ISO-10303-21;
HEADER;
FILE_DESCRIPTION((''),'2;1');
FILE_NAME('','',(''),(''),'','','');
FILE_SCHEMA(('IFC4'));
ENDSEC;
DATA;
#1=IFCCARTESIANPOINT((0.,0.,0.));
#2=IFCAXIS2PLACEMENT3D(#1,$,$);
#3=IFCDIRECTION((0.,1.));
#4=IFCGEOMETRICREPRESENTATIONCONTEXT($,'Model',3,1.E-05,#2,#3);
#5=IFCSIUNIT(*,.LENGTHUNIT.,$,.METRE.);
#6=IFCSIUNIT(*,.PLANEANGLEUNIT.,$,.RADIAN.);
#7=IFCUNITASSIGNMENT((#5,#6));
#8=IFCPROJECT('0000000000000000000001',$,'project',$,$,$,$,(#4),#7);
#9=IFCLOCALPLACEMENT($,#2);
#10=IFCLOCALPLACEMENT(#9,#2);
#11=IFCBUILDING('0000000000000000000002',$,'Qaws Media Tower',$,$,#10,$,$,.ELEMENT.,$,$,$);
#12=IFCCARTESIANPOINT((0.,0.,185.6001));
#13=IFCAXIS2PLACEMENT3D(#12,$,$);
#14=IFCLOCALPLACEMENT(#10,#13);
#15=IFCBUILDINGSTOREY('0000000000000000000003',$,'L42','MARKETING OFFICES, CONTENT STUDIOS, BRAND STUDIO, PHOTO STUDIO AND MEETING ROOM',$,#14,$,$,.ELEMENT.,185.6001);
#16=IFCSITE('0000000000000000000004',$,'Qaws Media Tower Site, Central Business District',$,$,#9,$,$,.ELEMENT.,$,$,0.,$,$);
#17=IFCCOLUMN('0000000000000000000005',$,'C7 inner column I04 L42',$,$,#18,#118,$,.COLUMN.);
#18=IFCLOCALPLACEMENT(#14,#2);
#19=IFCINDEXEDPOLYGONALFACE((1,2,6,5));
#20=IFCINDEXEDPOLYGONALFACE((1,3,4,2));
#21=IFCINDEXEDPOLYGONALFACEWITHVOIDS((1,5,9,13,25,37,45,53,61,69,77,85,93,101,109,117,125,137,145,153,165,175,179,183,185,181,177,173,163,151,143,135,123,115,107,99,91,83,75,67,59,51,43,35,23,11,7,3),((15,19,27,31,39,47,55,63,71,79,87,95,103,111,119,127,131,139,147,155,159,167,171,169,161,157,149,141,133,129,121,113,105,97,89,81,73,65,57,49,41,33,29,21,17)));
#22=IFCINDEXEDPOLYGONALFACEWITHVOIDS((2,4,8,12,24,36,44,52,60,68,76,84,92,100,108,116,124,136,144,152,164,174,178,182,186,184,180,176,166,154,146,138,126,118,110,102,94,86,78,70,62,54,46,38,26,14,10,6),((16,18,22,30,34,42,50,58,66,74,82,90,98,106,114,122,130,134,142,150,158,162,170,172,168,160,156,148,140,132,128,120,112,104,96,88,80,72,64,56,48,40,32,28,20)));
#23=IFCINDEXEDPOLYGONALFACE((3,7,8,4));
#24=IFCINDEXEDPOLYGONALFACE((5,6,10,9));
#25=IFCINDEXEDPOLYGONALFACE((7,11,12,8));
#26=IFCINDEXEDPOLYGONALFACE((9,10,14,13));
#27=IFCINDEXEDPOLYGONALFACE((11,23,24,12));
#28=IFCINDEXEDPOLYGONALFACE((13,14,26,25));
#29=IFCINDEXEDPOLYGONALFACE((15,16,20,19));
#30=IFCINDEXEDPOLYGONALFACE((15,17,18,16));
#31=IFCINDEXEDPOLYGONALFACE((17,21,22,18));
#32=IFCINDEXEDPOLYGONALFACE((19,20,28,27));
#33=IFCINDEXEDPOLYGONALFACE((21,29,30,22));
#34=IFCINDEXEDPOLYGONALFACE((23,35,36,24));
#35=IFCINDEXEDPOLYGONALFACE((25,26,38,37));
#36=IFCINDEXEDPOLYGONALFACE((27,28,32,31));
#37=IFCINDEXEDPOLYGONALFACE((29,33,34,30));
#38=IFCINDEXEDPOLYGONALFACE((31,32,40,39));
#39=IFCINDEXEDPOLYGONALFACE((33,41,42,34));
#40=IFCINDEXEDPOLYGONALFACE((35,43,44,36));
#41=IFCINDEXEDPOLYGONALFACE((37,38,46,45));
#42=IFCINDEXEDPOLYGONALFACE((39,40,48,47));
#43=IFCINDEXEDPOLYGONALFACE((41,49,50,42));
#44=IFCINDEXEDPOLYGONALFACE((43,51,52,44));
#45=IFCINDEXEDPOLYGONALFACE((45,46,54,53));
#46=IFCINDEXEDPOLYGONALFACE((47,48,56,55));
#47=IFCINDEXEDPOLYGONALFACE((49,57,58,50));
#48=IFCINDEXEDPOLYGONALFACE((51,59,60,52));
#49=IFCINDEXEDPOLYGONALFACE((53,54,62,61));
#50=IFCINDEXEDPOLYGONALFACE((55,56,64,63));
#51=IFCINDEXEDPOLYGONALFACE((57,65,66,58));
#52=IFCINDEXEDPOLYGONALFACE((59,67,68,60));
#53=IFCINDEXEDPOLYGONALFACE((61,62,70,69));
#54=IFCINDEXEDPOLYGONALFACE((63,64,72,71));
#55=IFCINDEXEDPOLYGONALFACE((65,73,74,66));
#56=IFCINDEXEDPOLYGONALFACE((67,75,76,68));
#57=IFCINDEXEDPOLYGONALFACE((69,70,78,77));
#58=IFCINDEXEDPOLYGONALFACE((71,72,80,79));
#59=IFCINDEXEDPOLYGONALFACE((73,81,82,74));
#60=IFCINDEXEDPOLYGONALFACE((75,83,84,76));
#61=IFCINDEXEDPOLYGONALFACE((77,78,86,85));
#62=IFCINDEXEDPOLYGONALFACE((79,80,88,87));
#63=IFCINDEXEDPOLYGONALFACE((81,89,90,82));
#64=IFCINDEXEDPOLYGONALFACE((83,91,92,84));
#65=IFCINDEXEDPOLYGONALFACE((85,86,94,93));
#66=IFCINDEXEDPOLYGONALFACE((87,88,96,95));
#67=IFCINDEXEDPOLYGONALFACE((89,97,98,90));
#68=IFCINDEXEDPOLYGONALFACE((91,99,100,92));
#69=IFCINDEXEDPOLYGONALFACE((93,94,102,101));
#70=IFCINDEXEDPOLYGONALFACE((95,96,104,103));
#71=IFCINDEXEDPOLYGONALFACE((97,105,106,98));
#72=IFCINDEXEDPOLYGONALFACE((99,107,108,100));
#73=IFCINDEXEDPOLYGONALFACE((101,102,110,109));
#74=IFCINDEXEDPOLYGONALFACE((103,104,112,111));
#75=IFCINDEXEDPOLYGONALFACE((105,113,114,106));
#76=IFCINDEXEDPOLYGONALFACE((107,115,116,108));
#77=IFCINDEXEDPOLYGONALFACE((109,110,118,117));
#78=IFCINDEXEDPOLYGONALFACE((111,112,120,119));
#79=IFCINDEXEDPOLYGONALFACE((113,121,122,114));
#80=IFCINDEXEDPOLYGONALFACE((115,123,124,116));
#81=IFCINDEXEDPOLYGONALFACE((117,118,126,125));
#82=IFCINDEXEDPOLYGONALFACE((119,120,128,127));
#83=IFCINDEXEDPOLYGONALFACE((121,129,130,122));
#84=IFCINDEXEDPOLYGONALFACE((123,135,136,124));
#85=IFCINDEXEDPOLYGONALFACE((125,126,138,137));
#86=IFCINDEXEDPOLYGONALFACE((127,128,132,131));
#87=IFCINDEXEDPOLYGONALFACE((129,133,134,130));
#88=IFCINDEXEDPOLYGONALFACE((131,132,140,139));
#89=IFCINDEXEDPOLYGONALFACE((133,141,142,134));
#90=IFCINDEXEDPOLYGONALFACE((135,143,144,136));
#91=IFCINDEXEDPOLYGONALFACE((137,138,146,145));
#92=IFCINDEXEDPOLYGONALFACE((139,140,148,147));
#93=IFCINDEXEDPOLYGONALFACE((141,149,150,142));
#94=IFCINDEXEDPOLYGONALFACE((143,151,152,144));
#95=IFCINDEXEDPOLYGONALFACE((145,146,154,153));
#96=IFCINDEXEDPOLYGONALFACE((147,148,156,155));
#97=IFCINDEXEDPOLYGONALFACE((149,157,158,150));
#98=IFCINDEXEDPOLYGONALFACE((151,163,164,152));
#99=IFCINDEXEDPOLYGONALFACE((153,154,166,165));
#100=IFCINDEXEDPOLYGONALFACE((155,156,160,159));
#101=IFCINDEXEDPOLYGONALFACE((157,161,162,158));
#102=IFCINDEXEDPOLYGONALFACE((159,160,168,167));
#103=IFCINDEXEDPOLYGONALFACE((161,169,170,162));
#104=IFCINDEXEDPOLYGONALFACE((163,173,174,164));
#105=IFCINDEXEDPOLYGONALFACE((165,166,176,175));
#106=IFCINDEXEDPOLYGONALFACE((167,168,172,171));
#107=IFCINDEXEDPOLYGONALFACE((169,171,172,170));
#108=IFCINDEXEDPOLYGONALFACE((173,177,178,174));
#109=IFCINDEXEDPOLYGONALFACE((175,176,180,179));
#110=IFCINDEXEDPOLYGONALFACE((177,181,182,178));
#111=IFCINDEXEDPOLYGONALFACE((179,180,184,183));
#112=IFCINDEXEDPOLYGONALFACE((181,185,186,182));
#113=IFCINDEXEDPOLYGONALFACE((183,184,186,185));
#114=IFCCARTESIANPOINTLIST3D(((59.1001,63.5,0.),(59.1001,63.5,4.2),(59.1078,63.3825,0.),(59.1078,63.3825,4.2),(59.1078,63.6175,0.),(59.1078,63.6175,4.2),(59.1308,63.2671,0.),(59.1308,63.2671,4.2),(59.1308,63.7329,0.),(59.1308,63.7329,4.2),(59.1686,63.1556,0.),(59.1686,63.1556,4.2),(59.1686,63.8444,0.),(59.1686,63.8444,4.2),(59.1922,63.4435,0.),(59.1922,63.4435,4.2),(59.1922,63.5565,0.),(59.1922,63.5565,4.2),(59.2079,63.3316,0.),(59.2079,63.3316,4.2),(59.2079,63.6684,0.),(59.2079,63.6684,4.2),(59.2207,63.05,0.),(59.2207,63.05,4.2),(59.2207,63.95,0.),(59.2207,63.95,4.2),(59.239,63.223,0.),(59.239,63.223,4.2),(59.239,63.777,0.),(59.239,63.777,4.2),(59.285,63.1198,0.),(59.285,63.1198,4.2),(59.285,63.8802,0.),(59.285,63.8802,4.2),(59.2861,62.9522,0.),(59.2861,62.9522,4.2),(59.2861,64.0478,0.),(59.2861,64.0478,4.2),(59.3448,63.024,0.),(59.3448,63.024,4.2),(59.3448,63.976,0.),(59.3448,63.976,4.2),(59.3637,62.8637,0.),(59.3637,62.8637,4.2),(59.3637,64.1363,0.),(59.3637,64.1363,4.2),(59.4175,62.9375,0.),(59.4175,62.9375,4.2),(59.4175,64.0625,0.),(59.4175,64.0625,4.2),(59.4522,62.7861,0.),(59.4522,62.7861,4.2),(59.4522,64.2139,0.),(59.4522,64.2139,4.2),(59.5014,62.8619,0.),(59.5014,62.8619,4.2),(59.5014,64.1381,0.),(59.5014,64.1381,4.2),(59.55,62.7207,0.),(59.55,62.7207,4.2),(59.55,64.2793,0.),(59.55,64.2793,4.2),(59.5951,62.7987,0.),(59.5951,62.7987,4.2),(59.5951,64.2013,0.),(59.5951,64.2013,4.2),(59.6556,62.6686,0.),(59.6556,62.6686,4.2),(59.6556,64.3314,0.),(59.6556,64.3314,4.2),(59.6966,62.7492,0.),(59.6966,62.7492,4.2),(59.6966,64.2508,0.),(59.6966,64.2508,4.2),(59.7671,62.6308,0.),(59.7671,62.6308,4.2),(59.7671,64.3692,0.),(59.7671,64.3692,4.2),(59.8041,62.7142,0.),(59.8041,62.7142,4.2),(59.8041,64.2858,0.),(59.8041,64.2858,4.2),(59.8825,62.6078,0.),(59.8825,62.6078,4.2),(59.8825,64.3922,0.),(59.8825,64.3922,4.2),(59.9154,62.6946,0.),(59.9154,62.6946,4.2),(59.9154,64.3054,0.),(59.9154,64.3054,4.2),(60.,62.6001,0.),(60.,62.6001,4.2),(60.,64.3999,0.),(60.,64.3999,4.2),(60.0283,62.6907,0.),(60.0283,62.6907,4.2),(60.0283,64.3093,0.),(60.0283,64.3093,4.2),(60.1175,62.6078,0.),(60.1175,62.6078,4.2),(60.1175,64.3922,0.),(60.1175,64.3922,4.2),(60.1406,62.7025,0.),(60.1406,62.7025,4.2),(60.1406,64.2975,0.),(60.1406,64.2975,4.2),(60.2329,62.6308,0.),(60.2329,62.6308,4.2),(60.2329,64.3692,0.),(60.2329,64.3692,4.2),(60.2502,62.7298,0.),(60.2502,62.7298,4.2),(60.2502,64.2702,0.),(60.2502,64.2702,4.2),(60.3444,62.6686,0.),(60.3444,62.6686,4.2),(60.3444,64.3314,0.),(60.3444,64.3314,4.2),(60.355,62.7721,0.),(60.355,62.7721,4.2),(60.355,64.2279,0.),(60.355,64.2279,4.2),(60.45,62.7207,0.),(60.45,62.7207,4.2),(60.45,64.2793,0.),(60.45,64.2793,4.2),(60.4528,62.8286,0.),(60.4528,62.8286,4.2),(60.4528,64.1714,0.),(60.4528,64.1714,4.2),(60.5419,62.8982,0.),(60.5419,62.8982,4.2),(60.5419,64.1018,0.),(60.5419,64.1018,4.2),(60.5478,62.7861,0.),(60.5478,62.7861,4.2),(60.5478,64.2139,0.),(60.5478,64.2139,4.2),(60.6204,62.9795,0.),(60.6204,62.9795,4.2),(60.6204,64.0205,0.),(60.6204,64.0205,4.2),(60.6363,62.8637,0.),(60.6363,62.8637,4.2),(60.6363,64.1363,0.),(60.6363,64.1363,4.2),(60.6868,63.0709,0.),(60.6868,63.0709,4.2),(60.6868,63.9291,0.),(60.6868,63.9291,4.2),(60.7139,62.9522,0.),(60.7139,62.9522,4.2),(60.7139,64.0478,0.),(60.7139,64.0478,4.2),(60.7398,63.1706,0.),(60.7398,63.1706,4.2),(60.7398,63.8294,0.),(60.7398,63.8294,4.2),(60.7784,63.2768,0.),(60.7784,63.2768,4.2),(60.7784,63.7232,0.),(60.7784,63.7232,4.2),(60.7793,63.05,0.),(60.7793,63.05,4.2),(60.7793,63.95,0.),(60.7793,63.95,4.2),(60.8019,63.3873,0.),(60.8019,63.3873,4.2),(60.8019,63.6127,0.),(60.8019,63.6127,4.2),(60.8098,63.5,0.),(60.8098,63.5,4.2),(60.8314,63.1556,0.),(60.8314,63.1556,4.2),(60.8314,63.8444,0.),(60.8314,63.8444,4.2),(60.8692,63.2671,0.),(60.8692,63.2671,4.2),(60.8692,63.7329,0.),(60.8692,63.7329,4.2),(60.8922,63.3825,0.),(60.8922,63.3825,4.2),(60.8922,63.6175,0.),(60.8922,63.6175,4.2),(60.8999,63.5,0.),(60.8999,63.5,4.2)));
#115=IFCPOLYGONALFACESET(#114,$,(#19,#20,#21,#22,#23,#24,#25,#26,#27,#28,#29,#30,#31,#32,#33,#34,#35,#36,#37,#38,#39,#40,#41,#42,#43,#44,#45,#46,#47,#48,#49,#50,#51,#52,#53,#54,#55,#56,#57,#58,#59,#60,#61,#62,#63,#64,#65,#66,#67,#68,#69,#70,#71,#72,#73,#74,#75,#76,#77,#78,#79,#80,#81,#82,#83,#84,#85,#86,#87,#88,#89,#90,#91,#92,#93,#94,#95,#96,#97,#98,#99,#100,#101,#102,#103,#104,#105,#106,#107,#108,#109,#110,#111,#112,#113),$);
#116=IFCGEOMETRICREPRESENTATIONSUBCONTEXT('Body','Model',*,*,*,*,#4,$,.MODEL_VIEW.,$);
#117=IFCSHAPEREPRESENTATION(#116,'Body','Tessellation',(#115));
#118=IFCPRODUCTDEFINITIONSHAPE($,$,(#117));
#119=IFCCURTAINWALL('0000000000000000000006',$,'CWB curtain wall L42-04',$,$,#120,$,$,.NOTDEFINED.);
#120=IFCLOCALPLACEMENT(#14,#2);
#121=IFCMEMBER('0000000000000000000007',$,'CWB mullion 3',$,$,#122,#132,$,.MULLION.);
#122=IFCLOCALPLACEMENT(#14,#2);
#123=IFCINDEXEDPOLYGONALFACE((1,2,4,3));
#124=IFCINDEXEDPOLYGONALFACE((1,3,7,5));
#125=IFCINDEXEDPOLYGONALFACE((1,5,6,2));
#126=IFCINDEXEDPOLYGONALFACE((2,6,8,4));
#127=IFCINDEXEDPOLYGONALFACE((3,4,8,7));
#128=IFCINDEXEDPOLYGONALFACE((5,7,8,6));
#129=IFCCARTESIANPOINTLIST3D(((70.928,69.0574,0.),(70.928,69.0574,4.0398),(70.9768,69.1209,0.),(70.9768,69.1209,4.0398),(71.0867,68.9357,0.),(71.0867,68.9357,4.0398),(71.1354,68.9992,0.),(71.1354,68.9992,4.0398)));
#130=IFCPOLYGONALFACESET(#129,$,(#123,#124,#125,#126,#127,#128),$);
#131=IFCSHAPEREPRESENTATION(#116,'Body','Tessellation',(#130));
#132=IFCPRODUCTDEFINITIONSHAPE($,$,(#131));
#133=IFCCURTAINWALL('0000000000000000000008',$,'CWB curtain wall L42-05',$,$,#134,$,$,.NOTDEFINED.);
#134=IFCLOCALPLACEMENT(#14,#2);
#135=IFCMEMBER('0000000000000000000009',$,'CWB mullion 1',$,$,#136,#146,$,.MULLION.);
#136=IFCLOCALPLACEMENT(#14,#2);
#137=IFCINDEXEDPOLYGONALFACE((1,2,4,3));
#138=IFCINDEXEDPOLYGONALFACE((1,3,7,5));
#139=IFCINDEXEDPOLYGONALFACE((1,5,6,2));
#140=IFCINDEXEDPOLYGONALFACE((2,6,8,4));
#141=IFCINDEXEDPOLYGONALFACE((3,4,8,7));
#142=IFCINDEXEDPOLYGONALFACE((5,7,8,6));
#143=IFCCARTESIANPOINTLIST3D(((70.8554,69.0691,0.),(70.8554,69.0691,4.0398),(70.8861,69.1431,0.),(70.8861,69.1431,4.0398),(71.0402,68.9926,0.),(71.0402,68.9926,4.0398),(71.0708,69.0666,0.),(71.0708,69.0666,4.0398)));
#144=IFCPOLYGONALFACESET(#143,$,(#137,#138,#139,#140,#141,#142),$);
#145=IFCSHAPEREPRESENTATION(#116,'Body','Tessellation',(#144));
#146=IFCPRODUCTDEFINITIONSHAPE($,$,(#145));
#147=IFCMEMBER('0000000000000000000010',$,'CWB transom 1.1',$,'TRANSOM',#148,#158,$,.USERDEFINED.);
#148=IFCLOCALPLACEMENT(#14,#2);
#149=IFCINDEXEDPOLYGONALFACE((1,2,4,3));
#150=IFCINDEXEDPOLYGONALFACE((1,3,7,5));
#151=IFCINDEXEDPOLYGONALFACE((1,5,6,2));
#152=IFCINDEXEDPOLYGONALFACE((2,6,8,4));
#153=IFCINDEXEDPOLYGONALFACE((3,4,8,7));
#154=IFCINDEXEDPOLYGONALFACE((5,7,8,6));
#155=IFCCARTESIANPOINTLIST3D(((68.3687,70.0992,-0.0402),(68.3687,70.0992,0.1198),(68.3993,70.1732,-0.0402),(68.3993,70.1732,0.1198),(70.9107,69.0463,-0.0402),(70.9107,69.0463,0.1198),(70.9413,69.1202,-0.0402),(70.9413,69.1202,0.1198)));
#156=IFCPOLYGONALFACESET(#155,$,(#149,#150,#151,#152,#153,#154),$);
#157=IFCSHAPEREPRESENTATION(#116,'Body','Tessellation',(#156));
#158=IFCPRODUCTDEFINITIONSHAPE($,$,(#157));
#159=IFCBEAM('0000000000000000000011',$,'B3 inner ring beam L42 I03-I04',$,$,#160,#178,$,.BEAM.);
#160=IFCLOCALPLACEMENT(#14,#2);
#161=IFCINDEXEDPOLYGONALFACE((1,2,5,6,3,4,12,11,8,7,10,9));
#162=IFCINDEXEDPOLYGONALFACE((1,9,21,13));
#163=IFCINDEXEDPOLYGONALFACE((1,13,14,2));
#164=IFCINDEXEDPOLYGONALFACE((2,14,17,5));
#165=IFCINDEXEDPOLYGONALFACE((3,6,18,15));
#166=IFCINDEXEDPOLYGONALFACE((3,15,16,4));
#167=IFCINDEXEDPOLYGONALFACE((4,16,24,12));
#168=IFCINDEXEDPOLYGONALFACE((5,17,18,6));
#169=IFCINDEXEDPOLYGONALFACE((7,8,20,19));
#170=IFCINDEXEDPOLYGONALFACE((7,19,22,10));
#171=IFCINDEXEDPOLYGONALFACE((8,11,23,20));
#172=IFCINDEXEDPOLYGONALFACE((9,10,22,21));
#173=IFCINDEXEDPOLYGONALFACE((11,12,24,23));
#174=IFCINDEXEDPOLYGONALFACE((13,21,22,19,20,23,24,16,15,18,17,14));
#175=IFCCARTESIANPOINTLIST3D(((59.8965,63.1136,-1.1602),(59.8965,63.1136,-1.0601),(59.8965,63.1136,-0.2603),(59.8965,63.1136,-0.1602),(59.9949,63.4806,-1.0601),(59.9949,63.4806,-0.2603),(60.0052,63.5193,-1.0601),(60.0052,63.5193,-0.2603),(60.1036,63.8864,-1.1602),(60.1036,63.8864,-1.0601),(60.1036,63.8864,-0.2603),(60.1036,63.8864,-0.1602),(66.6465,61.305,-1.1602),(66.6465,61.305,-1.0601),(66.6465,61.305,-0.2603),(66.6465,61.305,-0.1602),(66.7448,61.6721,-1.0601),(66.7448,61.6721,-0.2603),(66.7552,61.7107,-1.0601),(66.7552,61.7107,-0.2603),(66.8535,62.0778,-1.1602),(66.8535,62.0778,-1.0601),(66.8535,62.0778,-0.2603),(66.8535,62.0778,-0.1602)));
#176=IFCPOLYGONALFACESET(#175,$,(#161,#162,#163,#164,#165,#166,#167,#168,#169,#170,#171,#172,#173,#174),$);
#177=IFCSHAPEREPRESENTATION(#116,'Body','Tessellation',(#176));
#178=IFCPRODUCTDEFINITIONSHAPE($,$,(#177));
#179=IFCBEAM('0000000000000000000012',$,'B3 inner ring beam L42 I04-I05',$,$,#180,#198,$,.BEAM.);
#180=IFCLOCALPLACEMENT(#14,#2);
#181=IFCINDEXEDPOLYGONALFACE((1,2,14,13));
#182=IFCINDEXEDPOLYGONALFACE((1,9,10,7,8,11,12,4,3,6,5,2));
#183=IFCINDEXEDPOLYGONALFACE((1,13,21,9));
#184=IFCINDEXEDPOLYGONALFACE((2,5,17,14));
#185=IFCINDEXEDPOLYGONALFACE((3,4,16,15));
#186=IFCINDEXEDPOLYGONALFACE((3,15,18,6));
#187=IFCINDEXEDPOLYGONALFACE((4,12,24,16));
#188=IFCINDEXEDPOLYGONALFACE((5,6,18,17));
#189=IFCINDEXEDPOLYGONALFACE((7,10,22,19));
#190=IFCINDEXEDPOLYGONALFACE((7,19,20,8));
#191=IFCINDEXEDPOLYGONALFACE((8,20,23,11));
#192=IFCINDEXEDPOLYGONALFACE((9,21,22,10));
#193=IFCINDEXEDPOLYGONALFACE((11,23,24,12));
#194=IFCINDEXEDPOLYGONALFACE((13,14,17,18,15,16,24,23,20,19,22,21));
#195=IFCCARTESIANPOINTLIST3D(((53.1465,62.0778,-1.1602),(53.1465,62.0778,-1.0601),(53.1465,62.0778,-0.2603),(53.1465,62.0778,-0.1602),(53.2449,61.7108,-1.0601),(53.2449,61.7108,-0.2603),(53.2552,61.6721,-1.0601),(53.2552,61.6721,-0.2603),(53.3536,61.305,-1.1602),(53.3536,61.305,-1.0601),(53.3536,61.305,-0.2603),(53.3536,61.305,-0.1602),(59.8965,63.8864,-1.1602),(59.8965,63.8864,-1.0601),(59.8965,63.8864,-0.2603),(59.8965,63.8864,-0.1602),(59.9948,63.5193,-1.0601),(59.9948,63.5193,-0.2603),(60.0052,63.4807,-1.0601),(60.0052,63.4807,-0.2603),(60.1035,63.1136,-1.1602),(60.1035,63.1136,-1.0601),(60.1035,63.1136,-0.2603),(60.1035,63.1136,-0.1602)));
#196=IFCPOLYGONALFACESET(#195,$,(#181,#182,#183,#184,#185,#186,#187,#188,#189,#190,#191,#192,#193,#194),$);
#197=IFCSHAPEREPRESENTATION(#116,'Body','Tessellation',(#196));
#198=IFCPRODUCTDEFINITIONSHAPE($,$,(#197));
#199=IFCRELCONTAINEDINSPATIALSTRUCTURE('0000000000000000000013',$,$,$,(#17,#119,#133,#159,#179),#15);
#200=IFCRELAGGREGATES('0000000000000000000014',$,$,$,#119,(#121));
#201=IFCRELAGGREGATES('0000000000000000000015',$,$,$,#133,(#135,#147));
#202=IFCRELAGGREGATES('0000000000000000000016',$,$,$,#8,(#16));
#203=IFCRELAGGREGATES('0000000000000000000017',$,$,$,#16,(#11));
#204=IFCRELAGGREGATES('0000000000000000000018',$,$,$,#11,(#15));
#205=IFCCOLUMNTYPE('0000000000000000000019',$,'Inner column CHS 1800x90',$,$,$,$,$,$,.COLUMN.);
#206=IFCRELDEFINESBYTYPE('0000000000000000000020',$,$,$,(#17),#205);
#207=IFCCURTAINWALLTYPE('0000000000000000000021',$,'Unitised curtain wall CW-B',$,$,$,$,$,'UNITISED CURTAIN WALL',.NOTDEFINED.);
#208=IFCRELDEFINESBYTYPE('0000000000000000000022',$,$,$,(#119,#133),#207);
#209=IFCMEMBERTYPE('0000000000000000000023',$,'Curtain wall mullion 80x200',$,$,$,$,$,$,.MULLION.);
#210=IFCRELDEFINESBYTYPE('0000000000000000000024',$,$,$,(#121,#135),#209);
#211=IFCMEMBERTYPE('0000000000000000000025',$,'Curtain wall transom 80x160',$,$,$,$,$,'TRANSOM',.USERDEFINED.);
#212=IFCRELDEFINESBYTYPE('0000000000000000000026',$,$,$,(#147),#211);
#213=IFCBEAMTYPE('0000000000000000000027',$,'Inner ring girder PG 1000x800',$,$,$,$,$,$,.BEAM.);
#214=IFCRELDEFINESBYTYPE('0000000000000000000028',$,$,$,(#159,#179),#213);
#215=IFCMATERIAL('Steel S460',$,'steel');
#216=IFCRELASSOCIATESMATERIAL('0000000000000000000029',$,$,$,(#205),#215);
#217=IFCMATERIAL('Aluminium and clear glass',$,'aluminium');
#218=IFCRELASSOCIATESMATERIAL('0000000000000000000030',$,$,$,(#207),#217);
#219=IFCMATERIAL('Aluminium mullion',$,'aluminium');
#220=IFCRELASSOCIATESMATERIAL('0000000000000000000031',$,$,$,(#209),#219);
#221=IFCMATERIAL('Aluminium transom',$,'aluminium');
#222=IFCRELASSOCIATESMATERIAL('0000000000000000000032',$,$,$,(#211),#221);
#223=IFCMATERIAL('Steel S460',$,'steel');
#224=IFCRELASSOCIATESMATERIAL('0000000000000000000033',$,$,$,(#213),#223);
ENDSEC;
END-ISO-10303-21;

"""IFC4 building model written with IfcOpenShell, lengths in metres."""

from ifc_helpers import new_model, si_unit, direction, frame, origin, origin_2d, place, context, subcontext, project, spatial, rectangle, hollow_circle, i_section, extrude, material, material_profile, profile_set, type_object, element, aggregate, save


model = new_model("IFC4")

# Units and contexts
model_context = context("Model", 3, precision=1e-05, world=origin(), true_north=direction((0.0, 1.0)))
body_context = subcontext(model_context, "Body", "Model", "MODEL_VIEW")
ifc_project = project(units=[si_unit("LENGTHUNIT", "METRE"), si_unit("PLANEANGLEUNIT", "RADIAN")], contexts=[model_context])

# Site, building, storey
site_placement = place(None, origin())
site = spatial("IfcSite", under=ifc_project, at=site_placement, Name="Qaws Media Tower Site, Central Business District", CompositionType="ELEMENT", RefElevation=0.0)
building_placement = place(site_placement, origin())
building = spatial("IfcBuilding", under=site, at=building_placement, Name="Qaws Media Tower", CompositionType="ELEMENT")
storey_placement = place(building_placement, frame((0.0, 0.0, 185.6001)))
storey = spatial("IfcBuildingStorey", under=building, at=storey_placement, Name="L42", Description="MARKETING OFFICES, CONTENT STUDIOS, BRAND STUDIO, PHOTO STUDIO AND MEETING ROOM", CompositionType="ELEMENT", Elevation=185.6001)

# Column
ifc_material_1 = material(Name="Steel S460", Category="steel")
ifc_material_profile_1 = material_profile(ifc_material_1, hollow_circle(Radius=0.8999, WallThickness=0.0901, at=origin_2d()), Name="CHS 1800x90")
ifc_profile_set_1 = profile_set([ifc_material_profile_1], Name="Steel S460")
column_type = type_object("IfcColumnType", Name="Inner column CHS 1800x90", PredefinedType="COLUMN", material=ifc_profile_set_1)
for number, where, z_axis, x_axis, name in (
    (1, (60.0, 63.5, 0.0), (0.0, 0.0, 1.0), (1.0, 0.0, 0.0), "C7 inner column I04 L42"),
):
    element("IfcColumn", number, at=place(storey_placement, frame(where, z_axis=z_axis, x_axis=x_axis)), inside=storey, type_object=column_type, Name=name, PredefinedType="COLUMN", context=body_context, shape_type="SweptSolid", body=[
        extrude(hollow_circle(Radius=0.8999, WallThickness=0.0901, at=origin_2d()), origin(), (0.0, 0.0, 1.0), 4.2),
    ])

# Curtain wall, member
ifc_material_2 = material(Name="Aluminium and clear glass", Category="aluminium")
curtain_wall_type = type_object("IfcCurtainWallType", Name="Unitised curtain wall CW-B", ElementType="UNITISED CURTAIN WALL", PredefinedType="NOTDEFINED", material=ifc_material_2)
curtain_wall_1_placement = place(storey_placement, origin())
curtain_wall_1 = element("IfcCurtainWall", 2, at=curtain_wall_1_placement, inside=storey, type_object=curtain_wall_type, Name="CWB curtain wall L42-04", PredefinedType="NOTDEFINED")
ifc_material_3 = material(Name="Aluminium mullion", Category="aluminium")
ifc_material_profile_2 = material_profile(ifc_material_3, rectangle(XDim=0.0801, YDim=0.2, at=origin_2d()), Name="80x200")
ifc_profile_set_2 = profile_set([ifc_material_profile_2], Name="Aluminium mullion")
member_type_1 = type_object("IfcMemberType", Name="Curtain wall mullion 80x200", PredefinedType="MULLION", material=ifc_profile_set_2)
member_1_placement = place(storey_placement, frame((71.0317, 69.0283, 0.0), z_axis=(0.0, 0.0, 1.0), x_axis=(-0.608761, -0.793353, 0.0)))
member_1 = element("IfcMember", 3, at=member_1_placement, type_object=member_type_1, Name="CWB mullion 3", PredefinedType="MULLION", context=body_context, shape_type="SweptSolid", body=[
    extrude(rectangle(XDim=0.0801, YDim=0.2, at=origin_2d()), origin(), (0.0, 0.0, 1.0), 4.0398),
])
aggregate(curtain_wall_1, [member_1])

# Curtain wall, members
curtain_wall_2_placement = place(storey_placement, origin())
curtain_wall_2 = element("IfcCurtainWall", 4, at=curtain_wall_2_placement, inside=storey, type_object=curtain_wall_type, Name="CWB curtain wall L42-05", PredefinedType="NOTDEFINED")
member_2_placement = place(storey_placement, frame((70.9631, 69.0679, 0.0), z_axis=(0.0, 0.0, 1.0), x_axis=(-0.382683, -0.92388, 0.0)))
member_2 = element("IfcMember", 5, at=member_2_placement, type_object=member_type_1, Name="CWB mullion 1", PredefinedType="MULLION", context=body_context, shape_type="SweptSolid", body=[
    extrude(rectangle(XDim=0.0801, YDim=0.2, at=origin_2d()), origin(), (0.0, 0.0, 1.0), 4.0398),
])
ifc_material_4 = material(Name="Aluminium transom", Category="aluminium")
ifc_material_profile_3 = material_profile(ifc_material_4, rectangle(XDim=0.0801, YDim=0.1599, at=origin_2d()), Name="80x160")
ifc_profile_set_3 = profile_set([ifc_material_profile_3], Name="Aluminium transom")
member_type_2 = type_object("IfcMemberType", Name="Curtain wall transom 80x160", ElementType="TRANSOM", PredefinedType="USERDEFINED", material=ifc_profile_set_3)
member_3_placement = place(storey_placement, frame((70.926, 69.0833, 0.0398), z_axis=(-0.923873, 0.382699, 0.0), x_axis=(-0.382699, -0.923873, 0.0)))
member_3 = element("IfcMember", 6, at=member_3_placement, type_object=member_type_2, Name="CWB transom 1.1", ObjectType="TRANSOM", PredefinedType="USERDEFINED", context=body_context, shape_type="SweptSolid", body=[
    extrude(rectangle(XDim=0.0801, YDim=0.1599, at=origin_2d()), origin(), (0.0, 0.0, 1.0), 2.7515),
])
aggregate(curtain_wall_2, [member_2, member_3])

# Beams
ifc_material_5 = material(Name="Steel S460", Category="steel")
ifc_material_profile_4 = material_profile(ifc_material_5, i_section(OverallWidth=0.8, OverallDepth=1.0, WebThickness=0.04, FlangeThickness=0.1001, at=origin_2d()), Name="PG 1000x800")
ifc_profile_set_4 = profile_set([ifc_material_profile_4], Name="Steel S460")
beam_type_1 = type_object("IfcBeamType", Name="Inner ring girder PG 1000x800", PredefinedType="BEAM", material=ifc_profile_set_4)
for number, where, z_axis, x_axis, name in (
    (7, (66.75, 61.6914, -0.6602), (-0.965928, 0.258811, 0.0), (-0.258811, -0.965928, 0.0), "B3 inner ring beam L42 I03-I04"),
    (8, (60.0, 63.5, -0.6602), (-0.965928, -0.258811, 0.0), (0.258811, -0.965928, 0.0), "B3 inner ring beam L42 I04-I05"),
):
    element("IfcBeam", number, at=place(storey_placement, frame(where, z_axis=z_axis, x_axis=x_axis)), inside=storey, type_object=beam_type_1, Name=name, PredefinedType="BEAM", context=body_context, shape_type="SweptSolid", body=[
        extrude(i_section(OverallWidth=0.8, OverallDepth=1.0, WebThickness=0.04, FlangeThickness=0.1001, at=origin_2d()), origin(), (0.0, 0.0, 1.0), 6.988),
    ])

save(model, "model.ifc")
